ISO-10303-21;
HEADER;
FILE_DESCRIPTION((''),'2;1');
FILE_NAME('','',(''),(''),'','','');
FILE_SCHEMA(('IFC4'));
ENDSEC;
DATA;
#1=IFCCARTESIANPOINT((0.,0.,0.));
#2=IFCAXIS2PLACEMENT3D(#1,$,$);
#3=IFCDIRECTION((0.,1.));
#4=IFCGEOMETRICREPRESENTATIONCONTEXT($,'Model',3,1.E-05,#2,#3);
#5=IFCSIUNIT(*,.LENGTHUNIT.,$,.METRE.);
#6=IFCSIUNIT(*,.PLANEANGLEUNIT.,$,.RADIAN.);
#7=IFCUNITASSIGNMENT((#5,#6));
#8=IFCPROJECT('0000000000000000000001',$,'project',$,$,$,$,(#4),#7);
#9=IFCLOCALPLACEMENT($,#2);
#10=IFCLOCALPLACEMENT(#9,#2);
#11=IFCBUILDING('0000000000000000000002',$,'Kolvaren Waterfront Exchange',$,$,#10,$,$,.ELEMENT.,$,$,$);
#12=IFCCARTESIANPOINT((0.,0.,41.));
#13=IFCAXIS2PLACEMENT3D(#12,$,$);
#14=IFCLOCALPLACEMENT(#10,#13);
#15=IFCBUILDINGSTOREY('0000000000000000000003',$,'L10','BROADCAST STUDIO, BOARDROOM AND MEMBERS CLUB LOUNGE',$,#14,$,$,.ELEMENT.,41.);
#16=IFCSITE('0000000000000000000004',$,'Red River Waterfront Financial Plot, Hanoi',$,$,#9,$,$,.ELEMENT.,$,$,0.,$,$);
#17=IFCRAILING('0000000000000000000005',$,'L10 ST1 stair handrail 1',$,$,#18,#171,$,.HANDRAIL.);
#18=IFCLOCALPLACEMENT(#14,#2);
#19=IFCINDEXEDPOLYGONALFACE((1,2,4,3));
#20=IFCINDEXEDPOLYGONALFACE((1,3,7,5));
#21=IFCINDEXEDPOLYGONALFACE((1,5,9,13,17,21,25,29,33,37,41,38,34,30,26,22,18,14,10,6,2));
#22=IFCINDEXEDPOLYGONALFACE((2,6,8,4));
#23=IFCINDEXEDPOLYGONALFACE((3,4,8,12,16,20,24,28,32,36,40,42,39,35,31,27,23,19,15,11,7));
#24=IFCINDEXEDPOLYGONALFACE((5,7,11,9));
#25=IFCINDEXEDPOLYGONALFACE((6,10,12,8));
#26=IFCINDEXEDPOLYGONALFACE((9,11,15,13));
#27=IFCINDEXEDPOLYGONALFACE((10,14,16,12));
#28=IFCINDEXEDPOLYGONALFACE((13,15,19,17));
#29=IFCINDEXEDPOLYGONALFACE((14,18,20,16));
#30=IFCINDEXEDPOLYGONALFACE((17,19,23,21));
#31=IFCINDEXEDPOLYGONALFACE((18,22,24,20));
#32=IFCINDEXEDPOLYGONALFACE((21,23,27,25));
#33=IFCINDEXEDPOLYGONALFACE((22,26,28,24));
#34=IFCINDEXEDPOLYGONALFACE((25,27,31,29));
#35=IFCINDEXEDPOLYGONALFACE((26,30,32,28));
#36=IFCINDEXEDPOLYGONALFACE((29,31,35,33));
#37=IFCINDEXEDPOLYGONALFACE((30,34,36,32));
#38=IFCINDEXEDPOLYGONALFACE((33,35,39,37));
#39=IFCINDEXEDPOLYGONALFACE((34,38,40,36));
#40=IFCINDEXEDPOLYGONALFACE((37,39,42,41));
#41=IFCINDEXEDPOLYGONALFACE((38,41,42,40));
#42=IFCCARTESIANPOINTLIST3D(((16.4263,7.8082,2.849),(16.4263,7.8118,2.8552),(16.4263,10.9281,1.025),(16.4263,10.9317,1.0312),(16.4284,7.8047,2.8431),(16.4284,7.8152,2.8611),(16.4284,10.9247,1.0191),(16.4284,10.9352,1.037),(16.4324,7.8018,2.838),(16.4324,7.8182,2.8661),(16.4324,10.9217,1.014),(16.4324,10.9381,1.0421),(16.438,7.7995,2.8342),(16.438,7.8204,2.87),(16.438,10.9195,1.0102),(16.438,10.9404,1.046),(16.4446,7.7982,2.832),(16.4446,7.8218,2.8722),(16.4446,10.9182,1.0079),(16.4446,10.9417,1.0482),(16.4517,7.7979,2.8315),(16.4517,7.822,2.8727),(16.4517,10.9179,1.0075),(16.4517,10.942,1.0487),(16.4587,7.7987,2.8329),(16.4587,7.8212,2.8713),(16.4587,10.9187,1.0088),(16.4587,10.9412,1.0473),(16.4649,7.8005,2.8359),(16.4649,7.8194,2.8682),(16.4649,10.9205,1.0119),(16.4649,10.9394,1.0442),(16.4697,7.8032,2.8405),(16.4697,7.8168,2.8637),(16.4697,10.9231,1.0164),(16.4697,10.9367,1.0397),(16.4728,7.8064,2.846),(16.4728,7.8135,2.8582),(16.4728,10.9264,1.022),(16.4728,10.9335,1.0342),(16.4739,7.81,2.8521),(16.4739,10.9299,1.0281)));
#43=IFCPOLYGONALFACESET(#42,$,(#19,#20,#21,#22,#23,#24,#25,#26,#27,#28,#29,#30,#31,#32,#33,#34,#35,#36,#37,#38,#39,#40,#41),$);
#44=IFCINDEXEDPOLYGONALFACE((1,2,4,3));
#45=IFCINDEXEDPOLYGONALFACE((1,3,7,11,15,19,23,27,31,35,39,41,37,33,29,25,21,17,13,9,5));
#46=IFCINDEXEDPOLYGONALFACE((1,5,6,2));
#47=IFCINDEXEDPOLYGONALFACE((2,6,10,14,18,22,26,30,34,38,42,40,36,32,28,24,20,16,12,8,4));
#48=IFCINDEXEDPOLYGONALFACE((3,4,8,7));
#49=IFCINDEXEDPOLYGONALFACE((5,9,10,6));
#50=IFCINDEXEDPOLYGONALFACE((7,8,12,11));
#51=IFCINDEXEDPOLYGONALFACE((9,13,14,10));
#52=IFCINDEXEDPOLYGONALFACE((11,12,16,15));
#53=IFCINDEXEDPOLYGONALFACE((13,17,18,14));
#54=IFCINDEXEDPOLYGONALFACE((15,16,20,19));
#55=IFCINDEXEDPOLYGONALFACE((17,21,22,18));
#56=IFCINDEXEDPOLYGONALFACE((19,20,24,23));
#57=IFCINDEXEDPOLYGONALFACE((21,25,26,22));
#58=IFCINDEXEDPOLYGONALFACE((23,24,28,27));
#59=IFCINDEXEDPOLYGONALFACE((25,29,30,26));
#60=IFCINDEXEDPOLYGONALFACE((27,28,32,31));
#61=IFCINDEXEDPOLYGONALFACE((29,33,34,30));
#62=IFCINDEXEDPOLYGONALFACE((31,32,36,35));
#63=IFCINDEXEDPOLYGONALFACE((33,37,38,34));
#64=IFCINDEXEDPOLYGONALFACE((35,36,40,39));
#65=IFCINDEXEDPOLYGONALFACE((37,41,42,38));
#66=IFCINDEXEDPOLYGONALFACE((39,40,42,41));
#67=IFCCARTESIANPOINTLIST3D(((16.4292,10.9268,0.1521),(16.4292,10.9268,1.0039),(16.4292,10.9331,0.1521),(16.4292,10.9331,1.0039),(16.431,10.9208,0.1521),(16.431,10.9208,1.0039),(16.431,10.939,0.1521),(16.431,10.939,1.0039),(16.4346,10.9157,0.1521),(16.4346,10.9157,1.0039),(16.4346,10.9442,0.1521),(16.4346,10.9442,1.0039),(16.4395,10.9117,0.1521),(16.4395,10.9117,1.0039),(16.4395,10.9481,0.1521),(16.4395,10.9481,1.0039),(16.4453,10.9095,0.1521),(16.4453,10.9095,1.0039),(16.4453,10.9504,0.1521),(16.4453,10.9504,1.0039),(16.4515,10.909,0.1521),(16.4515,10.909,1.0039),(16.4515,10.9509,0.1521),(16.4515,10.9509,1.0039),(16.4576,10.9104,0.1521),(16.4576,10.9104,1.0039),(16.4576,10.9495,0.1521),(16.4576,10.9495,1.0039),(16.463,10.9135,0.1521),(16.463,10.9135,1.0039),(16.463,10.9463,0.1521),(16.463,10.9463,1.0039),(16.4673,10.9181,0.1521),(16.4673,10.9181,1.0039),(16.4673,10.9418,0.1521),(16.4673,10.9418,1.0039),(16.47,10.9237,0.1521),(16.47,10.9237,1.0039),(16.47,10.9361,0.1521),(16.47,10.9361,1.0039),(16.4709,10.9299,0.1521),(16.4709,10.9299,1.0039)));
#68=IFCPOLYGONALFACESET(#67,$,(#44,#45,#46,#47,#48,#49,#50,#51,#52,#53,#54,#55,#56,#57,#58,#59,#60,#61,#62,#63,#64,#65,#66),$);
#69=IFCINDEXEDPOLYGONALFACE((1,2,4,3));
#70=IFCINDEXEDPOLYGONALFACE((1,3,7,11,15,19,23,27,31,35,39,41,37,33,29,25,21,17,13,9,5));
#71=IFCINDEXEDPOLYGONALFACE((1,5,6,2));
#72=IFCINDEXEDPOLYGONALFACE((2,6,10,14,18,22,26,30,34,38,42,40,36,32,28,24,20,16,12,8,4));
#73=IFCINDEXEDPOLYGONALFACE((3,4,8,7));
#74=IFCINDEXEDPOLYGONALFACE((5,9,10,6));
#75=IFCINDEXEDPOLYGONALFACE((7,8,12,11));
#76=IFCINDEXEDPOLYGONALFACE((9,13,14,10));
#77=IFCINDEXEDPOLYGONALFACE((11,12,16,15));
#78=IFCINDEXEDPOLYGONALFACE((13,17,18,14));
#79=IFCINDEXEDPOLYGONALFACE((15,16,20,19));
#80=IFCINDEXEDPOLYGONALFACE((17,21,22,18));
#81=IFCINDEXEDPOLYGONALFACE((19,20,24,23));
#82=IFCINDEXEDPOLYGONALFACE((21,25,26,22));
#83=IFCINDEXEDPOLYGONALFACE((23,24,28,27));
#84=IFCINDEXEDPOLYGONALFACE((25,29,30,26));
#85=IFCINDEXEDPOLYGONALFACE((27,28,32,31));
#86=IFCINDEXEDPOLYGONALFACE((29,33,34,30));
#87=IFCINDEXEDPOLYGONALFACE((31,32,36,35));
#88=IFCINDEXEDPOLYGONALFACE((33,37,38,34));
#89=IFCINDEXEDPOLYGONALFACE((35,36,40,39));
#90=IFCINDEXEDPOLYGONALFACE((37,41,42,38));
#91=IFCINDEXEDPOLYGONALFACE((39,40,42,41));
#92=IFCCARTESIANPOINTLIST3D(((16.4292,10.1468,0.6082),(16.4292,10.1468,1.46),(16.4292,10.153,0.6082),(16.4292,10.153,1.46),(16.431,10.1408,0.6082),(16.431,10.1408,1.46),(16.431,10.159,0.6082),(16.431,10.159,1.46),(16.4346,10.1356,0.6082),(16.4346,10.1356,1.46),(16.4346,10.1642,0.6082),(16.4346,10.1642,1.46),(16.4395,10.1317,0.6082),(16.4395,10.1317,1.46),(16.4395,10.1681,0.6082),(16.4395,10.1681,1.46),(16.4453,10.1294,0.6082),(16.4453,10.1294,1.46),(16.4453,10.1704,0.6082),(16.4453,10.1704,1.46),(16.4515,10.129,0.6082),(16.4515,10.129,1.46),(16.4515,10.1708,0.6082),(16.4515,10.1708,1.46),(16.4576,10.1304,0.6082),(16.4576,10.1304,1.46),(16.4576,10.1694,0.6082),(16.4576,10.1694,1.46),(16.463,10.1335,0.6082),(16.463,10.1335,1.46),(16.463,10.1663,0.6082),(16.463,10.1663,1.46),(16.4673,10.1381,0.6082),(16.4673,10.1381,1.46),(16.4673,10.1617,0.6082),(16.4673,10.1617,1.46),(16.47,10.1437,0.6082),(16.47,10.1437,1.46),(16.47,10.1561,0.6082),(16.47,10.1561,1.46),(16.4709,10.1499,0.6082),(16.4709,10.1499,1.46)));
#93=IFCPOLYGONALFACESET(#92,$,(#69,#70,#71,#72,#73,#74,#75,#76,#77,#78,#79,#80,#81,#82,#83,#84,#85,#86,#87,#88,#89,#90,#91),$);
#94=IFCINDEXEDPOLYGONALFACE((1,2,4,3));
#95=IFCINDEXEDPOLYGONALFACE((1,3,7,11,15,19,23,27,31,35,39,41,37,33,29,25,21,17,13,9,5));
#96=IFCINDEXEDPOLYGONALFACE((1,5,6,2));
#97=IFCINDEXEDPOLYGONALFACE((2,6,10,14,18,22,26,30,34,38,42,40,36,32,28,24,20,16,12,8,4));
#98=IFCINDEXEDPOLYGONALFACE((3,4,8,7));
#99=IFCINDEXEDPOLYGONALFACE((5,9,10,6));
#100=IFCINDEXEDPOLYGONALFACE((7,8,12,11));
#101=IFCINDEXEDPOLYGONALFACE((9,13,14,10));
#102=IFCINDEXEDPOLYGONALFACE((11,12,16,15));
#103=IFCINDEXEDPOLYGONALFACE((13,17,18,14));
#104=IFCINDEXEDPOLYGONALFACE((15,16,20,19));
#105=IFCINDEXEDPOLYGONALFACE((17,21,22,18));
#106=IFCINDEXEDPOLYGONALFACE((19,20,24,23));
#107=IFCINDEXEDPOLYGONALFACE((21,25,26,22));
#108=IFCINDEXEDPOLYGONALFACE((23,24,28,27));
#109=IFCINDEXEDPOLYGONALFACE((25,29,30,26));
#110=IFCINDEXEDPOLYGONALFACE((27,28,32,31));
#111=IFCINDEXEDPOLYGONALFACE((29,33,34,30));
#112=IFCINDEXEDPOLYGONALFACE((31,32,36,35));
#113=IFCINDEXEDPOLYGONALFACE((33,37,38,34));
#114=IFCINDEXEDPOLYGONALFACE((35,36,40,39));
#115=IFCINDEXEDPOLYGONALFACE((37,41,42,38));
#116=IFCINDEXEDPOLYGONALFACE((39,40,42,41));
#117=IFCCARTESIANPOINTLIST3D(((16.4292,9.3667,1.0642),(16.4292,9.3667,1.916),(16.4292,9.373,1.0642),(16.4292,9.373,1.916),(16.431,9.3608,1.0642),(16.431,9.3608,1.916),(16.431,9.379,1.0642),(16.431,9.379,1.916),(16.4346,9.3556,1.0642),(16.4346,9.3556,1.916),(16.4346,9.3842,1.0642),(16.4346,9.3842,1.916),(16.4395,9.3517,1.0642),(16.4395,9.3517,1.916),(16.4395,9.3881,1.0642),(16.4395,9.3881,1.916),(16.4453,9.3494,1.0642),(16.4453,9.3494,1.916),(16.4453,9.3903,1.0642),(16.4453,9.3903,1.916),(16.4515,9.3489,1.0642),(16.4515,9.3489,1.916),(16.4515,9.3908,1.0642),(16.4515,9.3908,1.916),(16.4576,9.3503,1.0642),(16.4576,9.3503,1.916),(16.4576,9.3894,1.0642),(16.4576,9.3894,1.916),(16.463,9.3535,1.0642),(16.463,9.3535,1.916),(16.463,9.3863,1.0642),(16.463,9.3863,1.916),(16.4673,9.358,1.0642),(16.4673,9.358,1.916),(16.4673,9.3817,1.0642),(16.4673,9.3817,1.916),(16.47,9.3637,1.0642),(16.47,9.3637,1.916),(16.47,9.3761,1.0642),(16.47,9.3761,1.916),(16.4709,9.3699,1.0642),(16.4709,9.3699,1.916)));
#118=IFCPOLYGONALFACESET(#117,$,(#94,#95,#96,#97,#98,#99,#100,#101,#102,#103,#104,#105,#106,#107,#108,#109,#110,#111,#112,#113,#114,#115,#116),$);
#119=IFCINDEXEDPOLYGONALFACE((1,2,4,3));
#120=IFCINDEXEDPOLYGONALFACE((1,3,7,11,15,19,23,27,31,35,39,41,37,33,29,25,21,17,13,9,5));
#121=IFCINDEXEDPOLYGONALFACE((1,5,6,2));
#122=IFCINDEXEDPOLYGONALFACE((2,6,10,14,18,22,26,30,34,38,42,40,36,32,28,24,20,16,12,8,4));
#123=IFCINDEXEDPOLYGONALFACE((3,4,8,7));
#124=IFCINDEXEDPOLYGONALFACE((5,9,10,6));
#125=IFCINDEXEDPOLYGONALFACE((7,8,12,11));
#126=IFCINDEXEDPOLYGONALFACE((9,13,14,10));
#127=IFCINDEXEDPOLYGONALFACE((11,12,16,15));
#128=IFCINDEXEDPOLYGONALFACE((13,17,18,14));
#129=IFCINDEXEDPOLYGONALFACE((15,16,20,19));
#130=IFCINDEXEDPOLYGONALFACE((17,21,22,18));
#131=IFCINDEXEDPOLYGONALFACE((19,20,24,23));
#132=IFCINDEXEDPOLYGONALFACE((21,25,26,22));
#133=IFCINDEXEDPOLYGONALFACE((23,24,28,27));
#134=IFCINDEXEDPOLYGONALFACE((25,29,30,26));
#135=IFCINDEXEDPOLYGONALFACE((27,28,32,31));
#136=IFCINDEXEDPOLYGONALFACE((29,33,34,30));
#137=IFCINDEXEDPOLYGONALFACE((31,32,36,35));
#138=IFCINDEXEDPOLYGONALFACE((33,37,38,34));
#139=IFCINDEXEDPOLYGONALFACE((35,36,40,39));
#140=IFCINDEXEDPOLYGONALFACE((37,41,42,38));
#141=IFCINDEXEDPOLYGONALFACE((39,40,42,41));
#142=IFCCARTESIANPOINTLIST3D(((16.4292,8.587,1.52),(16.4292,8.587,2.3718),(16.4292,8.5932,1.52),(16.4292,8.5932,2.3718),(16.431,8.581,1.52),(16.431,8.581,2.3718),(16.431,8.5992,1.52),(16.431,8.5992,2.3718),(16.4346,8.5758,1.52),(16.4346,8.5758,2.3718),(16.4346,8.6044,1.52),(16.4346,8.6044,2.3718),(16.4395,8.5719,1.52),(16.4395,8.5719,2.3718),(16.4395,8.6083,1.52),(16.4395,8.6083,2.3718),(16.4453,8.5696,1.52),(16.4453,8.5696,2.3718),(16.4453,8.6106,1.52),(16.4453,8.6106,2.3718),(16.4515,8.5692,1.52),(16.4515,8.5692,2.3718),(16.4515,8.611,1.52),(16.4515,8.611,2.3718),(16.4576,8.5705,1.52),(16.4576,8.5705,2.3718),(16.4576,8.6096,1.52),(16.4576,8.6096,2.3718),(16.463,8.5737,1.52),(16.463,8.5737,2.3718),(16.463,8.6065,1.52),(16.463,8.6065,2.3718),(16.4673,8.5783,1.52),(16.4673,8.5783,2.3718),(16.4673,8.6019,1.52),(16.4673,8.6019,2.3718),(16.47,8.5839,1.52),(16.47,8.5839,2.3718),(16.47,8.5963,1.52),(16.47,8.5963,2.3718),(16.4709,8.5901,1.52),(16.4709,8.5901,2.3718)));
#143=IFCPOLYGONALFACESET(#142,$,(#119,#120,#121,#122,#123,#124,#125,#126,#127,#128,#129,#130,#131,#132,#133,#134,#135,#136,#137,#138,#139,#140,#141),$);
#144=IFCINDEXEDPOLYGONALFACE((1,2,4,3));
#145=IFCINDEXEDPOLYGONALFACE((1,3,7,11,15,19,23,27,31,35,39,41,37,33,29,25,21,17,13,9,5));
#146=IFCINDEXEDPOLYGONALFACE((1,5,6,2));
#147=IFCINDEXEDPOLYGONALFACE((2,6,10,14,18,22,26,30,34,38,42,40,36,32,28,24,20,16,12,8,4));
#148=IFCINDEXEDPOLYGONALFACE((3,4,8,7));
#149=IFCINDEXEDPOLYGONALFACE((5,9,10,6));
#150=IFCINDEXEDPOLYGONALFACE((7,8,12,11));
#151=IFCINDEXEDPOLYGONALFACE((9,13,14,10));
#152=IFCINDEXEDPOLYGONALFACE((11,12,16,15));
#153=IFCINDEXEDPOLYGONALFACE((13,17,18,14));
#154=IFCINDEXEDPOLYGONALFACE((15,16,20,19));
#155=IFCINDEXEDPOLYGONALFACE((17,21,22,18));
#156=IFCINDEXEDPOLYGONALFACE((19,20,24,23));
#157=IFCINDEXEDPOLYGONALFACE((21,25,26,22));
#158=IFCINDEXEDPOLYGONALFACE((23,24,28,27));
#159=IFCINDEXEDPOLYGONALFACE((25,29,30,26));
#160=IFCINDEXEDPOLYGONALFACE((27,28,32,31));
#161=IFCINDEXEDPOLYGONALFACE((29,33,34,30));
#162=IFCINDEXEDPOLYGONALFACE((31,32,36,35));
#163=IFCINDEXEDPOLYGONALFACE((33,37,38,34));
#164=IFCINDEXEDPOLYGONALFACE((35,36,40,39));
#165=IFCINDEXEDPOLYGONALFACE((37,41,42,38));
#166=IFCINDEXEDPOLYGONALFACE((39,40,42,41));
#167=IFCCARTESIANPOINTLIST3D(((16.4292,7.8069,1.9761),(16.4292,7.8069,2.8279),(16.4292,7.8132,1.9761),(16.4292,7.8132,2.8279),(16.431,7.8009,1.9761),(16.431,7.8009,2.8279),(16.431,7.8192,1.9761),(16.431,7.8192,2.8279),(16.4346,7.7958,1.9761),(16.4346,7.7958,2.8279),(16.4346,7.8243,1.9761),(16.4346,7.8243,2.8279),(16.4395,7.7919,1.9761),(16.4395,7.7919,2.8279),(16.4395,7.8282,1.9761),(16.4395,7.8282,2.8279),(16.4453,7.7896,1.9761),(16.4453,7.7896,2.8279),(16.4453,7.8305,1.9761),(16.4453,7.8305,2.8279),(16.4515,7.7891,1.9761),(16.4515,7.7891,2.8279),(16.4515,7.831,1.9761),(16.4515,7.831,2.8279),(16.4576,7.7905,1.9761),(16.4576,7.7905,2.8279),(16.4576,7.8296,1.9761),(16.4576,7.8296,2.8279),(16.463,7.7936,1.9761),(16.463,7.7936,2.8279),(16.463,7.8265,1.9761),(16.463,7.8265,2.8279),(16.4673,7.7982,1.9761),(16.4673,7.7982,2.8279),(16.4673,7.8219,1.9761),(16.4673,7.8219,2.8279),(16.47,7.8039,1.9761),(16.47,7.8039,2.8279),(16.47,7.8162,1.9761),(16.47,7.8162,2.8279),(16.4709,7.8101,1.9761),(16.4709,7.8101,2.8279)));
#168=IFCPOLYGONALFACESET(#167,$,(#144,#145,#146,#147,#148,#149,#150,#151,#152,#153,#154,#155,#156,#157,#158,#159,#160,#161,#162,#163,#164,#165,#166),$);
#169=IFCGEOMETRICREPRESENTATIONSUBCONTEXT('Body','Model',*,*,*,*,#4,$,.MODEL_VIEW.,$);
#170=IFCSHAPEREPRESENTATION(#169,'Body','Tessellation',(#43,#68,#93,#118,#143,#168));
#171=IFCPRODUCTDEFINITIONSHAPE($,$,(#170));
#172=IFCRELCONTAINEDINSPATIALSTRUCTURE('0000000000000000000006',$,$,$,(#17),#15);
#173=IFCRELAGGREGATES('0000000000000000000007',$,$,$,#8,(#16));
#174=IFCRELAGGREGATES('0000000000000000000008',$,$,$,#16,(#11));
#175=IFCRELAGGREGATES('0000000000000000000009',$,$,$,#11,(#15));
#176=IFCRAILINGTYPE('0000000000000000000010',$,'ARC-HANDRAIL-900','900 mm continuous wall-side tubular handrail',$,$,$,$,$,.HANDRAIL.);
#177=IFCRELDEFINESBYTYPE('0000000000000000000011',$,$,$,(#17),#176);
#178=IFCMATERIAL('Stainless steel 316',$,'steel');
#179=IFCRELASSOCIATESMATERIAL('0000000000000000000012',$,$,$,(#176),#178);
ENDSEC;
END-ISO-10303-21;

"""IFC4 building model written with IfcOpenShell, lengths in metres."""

from ifc_helpers import new_model, si_unit, direction, frame, origin, origin_2d, place, context, subcontext, project, spatial, circle, extrude, material, type_object, element, save


model = new_model("IFC4")

# Units and contexts
model_context = context("Model", 3, precision=1e-05, world=origin(), true_north=direction((0.0, 1.0)))
body_context = subcontext(model_context, "Body", "Model", "MODEL_VIEW")
ifc_project = project(units=[si_unit("LENGTHUNIT", "METRE"), si_unit("PLANEANGLEUNIT", "RADIAN")], contexts=[model_context])

# Site, building, storey
site_placement = place(None, origin())
site = spatial("IfcSite", under=ifc_project, at=site_placement, Name="Red River Waterfront Financial Plot, Hanoi", CompositionType="ELEMENT", RefElevation=0.0)
building_placement = place(site_placement, origin())
building = spatial("IfcBuilding", under=site, at=building_placement, Name="Kolvaren Waterfront Exchange", CompositionType="ELEMENT")
storey_placement = place(building_placement, frame((0.0, 0.0, 41.0)))
storey = spatial("IfcBuildingStorey", under=building, at=storey_placement, Name="L10", Description="BROADCAST STUDIO, BOARDROOM AND MEMBERS CLUB LOUNGE", CompositionType="ELEMENT", Elevation=41.0)

# Railing
ifc_material_1 = material(Name="Stainless steel 316", Category="steel")
railing_type_1 = type_object("IfcRailingType", Name="ARC-HANDRAIL-900", Description="900 mm continuous wall-side tubular handrail", PredefinedType="HANDRAIL", material=ifc_material_1)
railing_1_placement = place(storey_placement, frame((16.45, 10.9299, 0.1521)))
element("IfcRailing", 1, at=railing_1_placement, inside=storey, type_object=railing_type_1, Name="L10 ST1 stair handrail 1", PredefinedType="HANDRAIL", context=body_context, shape_type="SweptSolid", body=[
    extrude(circle(Radius=0.0239, at=origin_2d()), frame((0.0, 0.0, 0.876), z_axis=(0.0, -0.863291, 0.504707), x_axis=(1.0, 0.0, 0.0)), (0.0, 0.0, 1.0), 3.614),
    extrude(circle(Radius=0.021, at=origin_2d()), origin(), (0.0, 0.0, 1.0), 0.8518),
    extrude(circle(Radius=0.021, at=origin_2d()), frame((0.0, -0.78, 0.4561)), (0.0, 0.0, 1.0), 0.8518),
    extrude(circle(Radius=0.021, at=origin_2d()), frame((0.0, -1.5601, 0.9121)), (0.0, 0.0, 1.0), 0.8518),
    extrude(circle(Radius=0.021, at=origin_2d()), frame((0.0, -2.3398, 1.3679)), (0.0, 0.0, 1.0), 0.8518),
    extrude(circle(Radius=0.021, at=origin_2d()), frame((0.0, -3.1199, 1.824)), (0.0, 0.0, 1.0), 0.8518),
])

save(model, "model.ifc")
